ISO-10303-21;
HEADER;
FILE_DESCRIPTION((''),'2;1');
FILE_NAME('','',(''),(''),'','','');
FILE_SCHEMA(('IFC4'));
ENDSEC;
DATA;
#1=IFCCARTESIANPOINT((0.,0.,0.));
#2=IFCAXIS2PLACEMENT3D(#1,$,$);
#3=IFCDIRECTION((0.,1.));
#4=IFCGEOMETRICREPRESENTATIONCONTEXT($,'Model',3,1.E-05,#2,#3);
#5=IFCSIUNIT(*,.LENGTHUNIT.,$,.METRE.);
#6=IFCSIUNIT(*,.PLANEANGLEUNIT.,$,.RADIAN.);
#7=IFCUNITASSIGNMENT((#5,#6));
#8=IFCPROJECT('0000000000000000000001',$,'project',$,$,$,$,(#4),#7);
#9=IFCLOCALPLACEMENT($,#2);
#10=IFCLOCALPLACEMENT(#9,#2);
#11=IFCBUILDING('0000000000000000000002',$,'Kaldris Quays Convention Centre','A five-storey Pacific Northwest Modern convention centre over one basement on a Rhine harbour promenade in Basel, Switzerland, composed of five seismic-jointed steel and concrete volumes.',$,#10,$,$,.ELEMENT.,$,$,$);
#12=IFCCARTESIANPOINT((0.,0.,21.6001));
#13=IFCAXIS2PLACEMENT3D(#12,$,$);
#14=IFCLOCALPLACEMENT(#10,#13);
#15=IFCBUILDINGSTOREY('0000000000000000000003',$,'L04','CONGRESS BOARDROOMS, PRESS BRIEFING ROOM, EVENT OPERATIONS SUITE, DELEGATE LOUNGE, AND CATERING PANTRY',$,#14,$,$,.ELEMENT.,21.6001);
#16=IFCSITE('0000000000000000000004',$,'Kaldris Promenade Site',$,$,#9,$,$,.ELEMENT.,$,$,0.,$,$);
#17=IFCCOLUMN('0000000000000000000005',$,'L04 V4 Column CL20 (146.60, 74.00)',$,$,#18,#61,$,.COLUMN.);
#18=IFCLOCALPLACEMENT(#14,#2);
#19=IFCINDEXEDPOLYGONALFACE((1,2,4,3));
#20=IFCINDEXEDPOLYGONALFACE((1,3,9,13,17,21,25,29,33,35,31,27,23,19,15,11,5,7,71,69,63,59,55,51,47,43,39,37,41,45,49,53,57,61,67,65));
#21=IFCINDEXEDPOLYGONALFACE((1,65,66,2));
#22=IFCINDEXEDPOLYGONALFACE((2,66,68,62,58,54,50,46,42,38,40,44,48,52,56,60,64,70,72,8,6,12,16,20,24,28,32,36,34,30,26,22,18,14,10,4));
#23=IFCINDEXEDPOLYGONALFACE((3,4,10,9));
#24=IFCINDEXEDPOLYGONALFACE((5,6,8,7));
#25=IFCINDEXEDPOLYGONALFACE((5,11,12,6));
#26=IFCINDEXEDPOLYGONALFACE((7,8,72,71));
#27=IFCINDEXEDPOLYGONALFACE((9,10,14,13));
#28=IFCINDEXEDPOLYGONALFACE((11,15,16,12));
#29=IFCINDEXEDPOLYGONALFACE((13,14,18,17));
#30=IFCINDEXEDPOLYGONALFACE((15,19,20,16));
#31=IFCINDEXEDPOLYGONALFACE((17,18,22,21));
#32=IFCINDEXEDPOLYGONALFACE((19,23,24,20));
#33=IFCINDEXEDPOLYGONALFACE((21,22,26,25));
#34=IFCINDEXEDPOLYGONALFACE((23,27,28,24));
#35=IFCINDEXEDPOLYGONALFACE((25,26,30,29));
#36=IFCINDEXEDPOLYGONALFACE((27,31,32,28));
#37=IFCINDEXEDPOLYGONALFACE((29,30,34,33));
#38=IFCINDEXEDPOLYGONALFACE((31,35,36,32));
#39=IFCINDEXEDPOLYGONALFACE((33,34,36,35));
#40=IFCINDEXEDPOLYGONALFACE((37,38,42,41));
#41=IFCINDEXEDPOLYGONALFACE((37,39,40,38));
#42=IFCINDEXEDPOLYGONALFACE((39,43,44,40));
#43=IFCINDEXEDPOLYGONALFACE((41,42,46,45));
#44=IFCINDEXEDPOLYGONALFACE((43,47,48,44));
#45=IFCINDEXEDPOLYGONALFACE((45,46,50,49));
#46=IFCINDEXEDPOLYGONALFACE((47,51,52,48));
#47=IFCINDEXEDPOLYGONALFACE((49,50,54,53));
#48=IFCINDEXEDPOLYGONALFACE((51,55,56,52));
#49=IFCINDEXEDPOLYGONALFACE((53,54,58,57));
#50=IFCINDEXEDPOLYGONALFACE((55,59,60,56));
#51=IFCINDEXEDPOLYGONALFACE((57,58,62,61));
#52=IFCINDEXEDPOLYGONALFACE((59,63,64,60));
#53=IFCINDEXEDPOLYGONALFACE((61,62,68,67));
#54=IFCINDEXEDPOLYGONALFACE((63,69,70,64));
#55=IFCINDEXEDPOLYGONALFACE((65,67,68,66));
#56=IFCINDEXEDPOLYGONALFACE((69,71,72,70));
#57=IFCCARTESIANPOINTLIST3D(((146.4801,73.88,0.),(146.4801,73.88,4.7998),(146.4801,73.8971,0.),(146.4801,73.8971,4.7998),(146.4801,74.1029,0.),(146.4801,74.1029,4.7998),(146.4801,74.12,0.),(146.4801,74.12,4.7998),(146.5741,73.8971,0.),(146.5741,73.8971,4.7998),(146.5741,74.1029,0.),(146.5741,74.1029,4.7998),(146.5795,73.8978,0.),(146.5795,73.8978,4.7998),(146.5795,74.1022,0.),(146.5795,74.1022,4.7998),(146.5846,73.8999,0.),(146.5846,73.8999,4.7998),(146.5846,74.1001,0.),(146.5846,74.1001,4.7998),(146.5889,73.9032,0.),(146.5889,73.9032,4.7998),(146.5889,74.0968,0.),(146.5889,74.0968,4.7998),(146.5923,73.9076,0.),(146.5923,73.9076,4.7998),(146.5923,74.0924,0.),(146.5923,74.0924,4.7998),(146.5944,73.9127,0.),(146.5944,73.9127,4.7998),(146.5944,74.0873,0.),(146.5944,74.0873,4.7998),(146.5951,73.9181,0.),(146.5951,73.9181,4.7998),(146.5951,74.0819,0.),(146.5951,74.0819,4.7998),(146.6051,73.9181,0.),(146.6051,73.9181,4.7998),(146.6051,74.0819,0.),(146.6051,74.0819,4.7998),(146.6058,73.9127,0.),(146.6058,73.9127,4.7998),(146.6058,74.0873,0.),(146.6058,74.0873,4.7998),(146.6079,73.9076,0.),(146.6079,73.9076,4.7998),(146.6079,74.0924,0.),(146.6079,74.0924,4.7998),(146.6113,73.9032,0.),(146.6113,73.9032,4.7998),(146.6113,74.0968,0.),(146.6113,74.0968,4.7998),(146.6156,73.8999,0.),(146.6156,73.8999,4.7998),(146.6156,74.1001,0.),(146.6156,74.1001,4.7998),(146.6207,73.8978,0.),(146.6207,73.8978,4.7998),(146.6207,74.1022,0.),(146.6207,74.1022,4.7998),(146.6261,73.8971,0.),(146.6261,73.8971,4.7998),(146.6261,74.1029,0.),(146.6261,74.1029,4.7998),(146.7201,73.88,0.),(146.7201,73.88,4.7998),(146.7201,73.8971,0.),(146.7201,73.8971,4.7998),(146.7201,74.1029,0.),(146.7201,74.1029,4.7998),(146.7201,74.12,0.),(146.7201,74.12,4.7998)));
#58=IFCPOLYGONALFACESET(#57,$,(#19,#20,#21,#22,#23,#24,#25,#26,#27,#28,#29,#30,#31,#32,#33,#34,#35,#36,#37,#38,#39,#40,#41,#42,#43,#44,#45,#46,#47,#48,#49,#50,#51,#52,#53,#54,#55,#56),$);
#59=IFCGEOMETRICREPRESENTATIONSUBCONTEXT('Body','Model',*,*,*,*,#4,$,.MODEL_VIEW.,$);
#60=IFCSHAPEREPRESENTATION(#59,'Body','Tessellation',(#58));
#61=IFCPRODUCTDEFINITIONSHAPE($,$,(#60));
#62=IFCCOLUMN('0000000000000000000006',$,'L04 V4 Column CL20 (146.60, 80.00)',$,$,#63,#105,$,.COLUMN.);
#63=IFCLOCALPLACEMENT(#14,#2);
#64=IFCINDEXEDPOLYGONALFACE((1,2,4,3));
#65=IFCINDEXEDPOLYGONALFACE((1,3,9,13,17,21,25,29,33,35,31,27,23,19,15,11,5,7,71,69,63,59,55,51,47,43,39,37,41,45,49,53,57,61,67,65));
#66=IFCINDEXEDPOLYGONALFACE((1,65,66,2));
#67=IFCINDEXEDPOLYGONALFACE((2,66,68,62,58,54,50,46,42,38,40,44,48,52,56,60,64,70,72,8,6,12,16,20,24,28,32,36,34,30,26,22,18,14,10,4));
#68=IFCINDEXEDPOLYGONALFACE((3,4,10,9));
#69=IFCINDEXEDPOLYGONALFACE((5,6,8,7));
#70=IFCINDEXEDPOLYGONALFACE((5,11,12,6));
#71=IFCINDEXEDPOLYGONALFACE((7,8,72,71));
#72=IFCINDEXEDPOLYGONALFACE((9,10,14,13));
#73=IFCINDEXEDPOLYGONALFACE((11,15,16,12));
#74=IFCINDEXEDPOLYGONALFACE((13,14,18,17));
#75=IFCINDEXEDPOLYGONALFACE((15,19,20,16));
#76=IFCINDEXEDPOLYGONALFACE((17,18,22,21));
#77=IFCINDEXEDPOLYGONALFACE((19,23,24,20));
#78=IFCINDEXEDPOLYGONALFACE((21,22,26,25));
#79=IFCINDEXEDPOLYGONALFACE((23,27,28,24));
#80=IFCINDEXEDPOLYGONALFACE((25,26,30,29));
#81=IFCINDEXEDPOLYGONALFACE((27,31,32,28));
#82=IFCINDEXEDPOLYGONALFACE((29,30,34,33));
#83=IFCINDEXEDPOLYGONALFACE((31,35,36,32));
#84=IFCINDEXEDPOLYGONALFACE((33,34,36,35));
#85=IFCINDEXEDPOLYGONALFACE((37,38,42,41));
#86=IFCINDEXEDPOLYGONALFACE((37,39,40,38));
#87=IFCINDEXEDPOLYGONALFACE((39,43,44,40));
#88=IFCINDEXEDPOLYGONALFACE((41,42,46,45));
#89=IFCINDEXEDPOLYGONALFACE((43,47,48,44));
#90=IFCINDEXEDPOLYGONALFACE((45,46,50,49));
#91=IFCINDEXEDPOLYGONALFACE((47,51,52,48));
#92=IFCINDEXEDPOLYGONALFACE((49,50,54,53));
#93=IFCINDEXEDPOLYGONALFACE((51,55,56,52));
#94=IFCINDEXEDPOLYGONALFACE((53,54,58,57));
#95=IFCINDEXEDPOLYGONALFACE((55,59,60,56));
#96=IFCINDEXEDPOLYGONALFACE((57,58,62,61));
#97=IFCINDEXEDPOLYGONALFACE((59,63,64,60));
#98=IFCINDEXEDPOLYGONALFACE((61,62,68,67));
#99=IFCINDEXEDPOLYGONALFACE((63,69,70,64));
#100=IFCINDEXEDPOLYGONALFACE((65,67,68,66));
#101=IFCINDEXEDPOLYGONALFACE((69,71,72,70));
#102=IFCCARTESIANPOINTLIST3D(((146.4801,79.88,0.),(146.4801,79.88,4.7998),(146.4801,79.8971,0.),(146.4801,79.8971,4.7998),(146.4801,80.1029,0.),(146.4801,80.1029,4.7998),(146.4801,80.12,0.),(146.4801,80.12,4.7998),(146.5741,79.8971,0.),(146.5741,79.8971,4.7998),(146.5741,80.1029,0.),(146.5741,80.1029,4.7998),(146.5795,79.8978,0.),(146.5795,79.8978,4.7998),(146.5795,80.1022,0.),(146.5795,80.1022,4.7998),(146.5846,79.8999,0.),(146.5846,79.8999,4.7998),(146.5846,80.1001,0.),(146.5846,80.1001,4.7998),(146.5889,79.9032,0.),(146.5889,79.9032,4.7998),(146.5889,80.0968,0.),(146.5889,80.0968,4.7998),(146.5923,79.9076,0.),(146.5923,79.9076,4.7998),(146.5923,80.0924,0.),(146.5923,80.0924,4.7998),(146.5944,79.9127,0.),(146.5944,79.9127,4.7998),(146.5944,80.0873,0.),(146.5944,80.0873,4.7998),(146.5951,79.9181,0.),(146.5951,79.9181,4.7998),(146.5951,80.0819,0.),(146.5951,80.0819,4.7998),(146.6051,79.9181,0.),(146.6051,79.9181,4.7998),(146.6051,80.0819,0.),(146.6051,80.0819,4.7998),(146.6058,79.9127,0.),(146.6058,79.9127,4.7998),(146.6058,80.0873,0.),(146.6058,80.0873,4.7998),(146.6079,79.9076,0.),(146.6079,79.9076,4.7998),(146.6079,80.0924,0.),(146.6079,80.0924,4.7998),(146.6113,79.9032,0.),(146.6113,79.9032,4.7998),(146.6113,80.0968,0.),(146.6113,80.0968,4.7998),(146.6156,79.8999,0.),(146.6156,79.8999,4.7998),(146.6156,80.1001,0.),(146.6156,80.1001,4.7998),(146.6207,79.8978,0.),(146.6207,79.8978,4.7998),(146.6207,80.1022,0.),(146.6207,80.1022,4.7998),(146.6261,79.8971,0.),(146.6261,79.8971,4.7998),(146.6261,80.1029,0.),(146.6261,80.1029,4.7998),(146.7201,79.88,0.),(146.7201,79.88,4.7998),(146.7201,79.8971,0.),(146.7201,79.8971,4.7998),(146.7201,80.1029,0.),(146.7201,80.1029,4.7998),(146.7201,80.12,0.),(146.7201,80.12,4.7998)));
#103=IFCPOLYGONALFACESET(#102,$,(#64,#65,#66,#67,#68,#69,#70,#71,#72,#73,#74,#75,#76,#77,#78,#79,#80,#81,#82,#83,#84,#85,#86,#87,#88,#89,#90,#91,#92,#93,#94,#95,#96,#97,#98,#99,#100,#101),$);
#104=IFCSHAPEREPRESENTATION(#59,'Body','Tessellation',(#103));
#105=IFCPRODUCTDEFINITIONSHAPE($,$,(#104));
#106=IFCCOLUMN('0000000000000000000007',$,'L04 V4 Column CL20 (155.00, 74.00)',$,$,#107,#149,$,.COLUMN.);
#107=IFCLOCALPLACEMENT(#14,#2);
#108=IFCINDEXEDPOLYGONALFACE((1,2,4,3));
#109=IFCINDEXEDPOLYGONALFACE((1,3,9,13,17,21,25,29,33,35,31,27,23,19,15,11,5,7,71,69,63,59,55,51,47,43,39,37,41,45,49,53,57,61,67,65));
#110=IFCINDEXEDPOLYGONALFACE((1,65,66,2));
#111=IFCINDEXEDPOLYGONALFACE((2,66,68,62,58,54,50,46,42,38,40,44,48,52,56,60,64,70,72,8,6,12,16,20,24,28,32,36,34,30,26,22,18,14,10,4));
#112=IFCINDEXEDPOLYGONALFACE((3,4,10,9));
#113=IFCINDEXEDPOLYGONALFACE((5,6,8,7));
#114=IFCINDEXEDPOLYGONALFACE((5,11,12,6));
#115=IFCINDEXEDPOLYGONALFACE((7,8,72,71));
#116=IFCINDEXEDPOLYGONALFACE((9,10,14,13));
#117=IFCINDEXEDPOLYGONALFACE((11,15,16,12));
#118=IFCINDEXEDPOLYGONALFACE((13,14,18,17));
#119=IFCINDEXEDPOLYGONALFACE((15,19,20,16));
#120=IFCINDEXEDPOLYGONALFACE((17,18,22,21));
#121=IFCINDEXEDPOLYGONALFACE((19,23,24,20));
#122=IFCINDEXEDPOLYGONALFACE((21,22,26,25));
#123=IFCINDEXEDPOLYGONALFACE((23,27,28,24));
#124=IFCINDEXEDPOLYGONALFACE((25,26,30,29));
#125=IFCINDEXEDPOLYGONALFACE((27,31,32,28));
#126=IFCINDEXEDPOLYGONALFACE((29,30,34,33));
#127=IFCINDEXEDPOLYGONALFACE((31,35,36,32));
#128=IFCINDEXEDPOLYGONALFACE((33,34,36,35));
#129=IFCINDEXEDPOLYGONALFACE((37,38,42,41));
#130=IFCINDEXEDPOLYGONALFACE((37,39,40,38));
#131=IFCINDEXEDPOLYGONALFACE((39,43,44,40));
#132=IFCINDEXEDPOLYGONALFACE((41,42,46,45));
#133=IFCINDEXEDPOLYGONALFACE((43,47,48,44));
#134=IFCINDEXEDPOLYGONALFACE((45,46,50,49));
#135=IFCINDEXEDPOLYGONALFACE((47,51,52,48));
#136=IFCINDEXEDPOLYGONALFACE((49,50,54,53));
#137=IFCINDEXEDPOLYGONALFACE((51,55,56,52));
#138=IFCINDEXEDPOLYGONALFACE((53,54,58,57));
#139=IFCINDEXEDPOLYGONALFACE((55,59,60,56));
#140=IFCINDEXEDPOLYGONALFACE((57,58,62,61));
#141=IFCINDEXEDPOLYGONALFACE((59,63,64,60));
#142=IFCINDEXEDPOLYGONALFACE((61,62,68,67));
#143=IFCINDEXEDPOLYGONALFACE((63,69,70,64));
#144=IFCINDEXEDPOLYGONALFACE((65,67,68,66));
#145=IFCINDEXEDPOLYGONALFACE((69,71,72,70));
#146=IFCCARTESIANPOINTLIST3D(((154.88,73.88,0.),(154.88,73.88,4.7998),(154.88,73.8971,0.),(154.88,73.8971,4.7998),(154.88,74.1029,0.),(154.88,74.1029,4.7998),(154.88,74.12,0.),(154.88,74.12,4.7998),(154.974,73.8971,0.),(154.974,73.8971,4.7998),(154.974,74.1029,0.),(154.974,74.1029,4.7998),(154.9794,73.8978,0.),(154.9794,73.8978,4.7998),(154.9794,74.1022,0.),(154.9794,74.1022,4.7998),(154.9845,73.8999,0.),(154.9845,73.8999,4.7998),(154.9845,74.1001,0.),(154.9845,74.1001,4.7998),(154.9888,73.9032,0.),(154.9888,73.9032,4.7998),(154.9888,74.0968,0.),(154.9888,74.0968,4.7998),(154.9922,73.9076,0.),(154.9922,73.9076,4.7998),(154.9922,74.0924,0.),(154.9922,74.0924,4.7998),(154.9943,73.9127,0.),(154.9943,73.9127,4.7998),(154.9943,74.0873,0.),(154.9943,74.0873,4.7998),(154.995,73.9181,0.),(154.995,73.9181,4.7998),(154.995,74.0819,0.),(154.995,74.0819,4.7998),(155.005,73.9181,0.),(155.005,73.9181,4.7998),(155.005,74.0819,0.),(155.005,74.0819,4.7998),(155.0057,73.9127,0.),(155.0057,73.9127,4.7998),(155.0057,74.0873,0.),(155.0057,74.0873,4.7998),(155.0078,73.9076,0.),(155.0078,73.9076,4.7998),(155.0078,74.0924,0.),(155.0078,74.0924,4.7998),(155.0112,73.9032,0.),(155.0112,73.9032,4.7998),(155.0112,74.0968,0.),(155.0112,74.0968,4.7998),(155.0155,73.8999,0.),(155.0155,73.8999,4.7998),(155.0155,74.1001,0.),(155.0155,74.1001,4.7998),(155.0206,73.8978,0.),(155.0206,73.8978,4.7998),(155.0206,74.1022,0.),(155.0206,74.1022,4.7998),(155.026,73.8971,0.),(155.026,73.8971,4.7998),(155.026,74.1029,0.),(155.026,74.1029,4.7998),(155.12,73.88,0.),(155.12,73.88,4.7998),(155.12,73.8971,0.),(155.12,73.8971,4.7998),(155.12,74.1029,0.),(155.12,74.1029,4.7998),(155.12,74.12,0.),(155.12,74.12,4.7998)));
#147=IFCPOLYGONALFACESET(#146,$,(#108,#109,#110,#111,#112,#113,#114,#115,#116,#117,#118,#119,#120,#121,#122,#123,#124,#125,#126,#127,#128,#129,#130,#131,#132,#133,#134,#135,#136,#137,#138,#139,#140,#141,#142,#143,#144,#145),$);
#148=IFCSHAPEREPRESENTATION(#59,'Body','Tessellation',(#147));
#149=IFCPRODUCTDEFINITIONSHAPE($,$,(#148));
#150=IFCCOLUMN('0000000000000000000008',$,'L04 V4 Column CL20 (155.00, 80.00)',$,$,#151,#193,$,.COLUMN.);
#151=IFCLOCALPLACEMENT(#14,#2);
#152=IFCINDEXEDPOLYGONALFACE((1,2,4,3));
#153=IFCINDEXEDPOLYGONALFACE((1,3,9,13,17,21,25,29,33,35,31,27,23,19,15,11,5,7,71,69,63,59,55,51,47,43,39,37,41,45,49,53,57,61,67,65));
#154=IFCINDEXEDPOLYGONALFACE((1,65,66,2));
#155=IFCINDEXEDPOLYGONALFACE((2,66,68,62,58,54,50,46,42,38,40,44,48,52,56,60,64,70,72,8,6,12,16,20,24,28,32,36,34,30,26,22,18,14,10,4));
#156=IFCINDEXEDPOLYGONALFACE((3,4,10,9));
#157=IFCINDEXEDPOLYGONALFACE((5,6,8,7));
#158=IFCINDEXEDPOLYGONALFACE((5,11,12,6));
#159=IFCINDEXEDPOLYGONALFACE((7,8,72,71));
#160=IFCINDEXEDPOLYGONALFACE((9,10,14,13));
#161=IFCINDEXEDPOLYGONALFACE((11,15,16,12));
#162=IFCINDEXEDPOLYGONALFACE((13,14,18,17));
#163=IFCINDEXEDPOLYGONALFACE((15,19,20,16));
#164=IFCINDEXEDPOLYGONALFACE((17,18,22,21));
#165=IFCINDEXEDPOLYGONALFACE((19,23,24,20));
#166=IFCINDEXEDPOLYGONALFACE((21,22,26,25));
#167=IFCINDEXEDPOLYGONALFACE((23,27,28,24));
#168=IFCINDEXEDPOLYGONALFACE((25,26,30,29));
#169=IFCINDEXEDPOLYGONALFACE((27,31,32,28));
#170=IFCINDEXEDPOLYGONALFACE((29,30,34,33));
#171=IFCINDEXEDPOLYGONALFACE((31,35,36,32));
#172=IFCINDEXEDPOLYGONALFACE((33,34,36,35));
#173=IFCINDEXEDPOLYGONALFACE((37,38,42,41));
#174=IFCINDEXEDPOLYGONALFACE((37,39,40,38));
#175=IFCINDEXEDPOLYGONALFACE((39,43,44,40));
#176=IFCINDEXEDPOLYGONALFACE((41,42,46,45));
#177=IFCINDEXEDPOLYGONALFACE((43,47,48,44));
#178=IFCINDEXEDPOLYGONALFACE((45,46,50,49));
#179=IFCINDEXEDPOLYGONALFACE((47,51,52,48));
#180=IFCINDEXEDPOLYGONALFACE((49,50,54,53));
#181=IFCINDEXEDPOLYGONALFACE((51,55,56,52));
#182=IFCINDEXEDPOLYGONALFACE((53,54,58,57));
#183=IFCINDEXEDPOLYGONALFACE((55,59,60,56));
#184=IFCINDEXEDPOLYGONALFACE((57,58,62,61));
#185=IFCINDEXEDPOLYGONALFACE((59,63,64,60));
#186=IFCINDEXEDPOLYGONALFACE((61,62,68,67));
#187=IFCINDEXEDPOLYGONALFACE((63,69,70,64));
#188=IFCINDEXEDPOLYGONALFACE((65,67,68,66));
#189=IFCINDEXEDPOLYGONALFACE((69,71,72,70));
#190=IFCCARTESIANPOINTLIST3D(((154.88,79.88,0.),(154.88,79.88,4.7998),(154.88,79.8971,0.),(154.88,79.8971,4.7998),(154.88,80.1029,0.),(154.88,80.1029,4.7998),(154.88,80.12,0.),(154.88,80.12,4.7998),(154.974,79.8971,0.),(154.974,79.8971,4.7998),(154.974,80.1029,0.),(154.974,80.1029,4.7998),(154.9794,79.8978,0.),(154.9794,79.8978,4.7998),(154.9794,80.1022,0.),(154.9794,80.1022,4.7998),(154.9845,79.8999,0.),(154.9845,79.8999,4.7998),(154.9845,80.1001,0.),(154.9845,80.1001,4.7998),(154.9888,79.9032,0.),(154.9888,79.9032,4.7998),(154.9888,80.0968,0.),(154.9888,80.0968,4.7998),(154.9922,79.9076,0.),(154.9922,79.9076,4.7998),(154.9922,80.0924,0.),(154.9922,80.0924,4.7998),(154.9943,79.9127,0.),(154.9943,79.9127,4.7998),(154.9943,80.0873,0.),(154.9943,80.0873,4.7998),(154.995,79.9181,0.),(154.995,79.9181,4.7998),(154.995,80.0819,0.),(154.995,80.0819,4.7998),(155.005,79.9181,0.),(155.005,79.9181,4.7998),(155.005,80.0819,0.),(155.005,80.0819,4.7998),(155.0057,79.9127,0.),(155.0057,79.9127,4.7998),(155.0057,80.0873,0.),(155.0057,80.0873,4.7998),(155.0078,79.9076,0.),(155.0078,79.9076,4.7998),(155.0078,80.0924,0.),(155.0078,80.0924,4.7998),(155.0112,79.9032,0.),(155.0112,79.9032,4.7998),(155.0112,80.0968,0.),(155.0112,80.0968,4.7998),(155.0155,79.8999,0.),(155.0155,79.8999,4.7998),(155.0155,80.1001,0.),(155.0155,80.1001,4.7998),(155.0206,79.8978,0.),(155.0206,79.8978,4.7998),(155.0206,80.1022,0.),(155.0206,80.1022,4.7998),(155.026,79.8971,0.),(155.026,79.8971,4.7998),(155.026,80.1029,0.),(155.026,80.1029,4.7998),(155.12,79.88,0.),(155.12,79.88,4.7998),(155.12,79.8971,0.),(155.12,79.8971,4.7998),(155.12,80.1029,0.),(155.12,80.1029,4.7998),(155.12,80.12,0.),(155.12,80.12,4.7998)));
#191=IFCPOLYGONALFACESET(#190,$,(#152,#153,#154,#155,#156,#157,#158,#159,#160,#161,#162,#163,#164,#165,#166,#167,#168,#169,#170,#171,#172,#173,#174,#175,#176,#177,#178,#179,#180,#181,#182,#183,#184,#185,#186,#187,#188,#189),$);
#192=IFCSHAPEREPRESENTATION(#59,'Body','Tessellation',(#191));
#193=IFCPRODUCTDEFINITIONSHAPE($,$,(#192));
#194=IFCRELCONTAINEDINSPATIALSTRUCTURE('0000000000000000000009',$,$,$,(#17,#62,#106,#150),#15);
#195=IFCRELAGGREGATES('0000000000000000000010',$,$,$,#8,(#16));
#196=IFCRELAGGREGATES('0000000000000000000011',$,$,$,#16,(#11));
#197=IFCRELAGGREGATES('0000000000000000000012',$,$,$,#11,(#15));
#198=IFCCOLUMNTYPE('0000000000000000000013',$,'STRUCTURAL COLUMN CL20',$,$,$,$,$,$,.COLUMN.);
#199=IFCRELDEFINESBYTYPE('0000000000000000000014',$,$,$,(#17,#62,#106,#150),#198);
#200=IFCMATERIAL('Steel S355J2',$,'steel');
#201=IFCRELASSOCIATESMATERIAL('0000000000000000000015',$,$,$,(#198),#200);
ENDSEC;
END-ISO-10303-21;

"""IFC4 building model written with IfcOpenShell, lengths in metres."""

from ifc_helpers import new_model, si_unit, direction, frame, origin, origin_2d, place, context, subcontext, project, spatial, i_section, extrude, material, material_profile, profile_set, type_object, element, save


model = new_model("IFC4")

# Units and contexts
model_context = context("Model", 3, precision=1e-05, world=origin(), true_north=direction((0.0, 1.0)))
body_context = subcontext(model_context, "Body", "Model", "MODEL_VIEW")
ifc_project = project(units=[si_unit("LENGTHUNIT", "METRE"), si_unit("PLANEANGLEUNIT", "RADIAN")], contexts=[model_context])

# Site, building, storey
site_placement = place(None, origin())
site = spatial("IfcSite", under=ifc_project, at=site_placement, Name="Kaldris Promenade Site", CompositionType="ELEMENT", RefElevation=0.0)
building_placement = place(site_placement, origin())
building = spatial("IfcBuilding", under=site, at=building_placement, Name="Kaldris Quays Convention Centre", Description="A five-storey Pacific Northwest Modern convention centre over one basement on a Rhine harbour promenade in Basel, Switzerland, composed of five seismic-jointed steel and concrete volumes.", CompositionType="ELEMENT")
storey_placement = place(building_placement, frame((0.0, 0.0, 21.6001)))
storey = spatial("IfcBuildingStorey", under=building, at=storey_placement, Name="L04", Description="CONGRESS BOARDROOMS, PRESS BRIEFING ROOM, EVENT OPERATIONS SUITE, DELEGATE LOUNGE, AND CATERING PANTRY", CompositionType="ELEMENT", Elevation=21.6001)

# Columns
ifc_material_1 = material(Name="Steel S355J2", Category="steel")
ifc_material_profile_1 = material_profile(ifc_material_1, i_section(OverallWidth=0.24, OverallDepth=0.24, WebThickness=0.01, FlangeThickness=0.0171, FilletRadius=0.021, at=origin_2d()), Name="HEB 240")
ifc_profile_set_1 = profile_set([ifc_material_profile_1], Name="Steel S355J2")
column_type = type_object("IfcColumnType", Name="STRUCTURAL COLUMN CL20", PredefinedType="COLUMN", material=ifc_profile_set_1)
for number, where, z_axis, x_axis, name in (
    (1, (146.6001, 74.0, 0.0), (0.0, 0.0, 1.0), (1.0, 0.0, 0.0), "L04 V4 Column CL20 (146.60, 74.00)"),
    (2, (146.6001, 80.0, 0.0), (0.0, 0.0, 1.0), (1.0, 0.0, 0.0), "L04 V4 Column CL20 (146.60, 80.00)"),
    (3, (155.0, 74.0, 0.0), (0.0, 0.0, 1.0), (1.0, 0.0, 0.0), "L04 V4 Column CL20 (155.00, 74.00)"),
    (4, (155.0, 80.0, 0.0), (0.0, 0.0, 1.0), (1.0, 0.0, 0.0), "L04 V4 Column CL20 (155.00, 80.00)"),
):
    element("IfcColumn", number, at=place(storey_placement, frame(where, z_axis=z_axis, x_axis=x_axis)), inside=storey, type_object=column_type, Name=name, PredefinedType="COLUMN", context=body_context, shape_type="SweptSolid", body=[
        extrude(i_section(OverallWidth=0.24, OverallDepth=0.24, WebThickness=0.01, FlangeThickness=0.0171, FilletRadius=0.021, at=origin_2d()), origin(), (0.0, 0.0, 1.0), 4.7998),
    ])

save(model, "model.ifc")
